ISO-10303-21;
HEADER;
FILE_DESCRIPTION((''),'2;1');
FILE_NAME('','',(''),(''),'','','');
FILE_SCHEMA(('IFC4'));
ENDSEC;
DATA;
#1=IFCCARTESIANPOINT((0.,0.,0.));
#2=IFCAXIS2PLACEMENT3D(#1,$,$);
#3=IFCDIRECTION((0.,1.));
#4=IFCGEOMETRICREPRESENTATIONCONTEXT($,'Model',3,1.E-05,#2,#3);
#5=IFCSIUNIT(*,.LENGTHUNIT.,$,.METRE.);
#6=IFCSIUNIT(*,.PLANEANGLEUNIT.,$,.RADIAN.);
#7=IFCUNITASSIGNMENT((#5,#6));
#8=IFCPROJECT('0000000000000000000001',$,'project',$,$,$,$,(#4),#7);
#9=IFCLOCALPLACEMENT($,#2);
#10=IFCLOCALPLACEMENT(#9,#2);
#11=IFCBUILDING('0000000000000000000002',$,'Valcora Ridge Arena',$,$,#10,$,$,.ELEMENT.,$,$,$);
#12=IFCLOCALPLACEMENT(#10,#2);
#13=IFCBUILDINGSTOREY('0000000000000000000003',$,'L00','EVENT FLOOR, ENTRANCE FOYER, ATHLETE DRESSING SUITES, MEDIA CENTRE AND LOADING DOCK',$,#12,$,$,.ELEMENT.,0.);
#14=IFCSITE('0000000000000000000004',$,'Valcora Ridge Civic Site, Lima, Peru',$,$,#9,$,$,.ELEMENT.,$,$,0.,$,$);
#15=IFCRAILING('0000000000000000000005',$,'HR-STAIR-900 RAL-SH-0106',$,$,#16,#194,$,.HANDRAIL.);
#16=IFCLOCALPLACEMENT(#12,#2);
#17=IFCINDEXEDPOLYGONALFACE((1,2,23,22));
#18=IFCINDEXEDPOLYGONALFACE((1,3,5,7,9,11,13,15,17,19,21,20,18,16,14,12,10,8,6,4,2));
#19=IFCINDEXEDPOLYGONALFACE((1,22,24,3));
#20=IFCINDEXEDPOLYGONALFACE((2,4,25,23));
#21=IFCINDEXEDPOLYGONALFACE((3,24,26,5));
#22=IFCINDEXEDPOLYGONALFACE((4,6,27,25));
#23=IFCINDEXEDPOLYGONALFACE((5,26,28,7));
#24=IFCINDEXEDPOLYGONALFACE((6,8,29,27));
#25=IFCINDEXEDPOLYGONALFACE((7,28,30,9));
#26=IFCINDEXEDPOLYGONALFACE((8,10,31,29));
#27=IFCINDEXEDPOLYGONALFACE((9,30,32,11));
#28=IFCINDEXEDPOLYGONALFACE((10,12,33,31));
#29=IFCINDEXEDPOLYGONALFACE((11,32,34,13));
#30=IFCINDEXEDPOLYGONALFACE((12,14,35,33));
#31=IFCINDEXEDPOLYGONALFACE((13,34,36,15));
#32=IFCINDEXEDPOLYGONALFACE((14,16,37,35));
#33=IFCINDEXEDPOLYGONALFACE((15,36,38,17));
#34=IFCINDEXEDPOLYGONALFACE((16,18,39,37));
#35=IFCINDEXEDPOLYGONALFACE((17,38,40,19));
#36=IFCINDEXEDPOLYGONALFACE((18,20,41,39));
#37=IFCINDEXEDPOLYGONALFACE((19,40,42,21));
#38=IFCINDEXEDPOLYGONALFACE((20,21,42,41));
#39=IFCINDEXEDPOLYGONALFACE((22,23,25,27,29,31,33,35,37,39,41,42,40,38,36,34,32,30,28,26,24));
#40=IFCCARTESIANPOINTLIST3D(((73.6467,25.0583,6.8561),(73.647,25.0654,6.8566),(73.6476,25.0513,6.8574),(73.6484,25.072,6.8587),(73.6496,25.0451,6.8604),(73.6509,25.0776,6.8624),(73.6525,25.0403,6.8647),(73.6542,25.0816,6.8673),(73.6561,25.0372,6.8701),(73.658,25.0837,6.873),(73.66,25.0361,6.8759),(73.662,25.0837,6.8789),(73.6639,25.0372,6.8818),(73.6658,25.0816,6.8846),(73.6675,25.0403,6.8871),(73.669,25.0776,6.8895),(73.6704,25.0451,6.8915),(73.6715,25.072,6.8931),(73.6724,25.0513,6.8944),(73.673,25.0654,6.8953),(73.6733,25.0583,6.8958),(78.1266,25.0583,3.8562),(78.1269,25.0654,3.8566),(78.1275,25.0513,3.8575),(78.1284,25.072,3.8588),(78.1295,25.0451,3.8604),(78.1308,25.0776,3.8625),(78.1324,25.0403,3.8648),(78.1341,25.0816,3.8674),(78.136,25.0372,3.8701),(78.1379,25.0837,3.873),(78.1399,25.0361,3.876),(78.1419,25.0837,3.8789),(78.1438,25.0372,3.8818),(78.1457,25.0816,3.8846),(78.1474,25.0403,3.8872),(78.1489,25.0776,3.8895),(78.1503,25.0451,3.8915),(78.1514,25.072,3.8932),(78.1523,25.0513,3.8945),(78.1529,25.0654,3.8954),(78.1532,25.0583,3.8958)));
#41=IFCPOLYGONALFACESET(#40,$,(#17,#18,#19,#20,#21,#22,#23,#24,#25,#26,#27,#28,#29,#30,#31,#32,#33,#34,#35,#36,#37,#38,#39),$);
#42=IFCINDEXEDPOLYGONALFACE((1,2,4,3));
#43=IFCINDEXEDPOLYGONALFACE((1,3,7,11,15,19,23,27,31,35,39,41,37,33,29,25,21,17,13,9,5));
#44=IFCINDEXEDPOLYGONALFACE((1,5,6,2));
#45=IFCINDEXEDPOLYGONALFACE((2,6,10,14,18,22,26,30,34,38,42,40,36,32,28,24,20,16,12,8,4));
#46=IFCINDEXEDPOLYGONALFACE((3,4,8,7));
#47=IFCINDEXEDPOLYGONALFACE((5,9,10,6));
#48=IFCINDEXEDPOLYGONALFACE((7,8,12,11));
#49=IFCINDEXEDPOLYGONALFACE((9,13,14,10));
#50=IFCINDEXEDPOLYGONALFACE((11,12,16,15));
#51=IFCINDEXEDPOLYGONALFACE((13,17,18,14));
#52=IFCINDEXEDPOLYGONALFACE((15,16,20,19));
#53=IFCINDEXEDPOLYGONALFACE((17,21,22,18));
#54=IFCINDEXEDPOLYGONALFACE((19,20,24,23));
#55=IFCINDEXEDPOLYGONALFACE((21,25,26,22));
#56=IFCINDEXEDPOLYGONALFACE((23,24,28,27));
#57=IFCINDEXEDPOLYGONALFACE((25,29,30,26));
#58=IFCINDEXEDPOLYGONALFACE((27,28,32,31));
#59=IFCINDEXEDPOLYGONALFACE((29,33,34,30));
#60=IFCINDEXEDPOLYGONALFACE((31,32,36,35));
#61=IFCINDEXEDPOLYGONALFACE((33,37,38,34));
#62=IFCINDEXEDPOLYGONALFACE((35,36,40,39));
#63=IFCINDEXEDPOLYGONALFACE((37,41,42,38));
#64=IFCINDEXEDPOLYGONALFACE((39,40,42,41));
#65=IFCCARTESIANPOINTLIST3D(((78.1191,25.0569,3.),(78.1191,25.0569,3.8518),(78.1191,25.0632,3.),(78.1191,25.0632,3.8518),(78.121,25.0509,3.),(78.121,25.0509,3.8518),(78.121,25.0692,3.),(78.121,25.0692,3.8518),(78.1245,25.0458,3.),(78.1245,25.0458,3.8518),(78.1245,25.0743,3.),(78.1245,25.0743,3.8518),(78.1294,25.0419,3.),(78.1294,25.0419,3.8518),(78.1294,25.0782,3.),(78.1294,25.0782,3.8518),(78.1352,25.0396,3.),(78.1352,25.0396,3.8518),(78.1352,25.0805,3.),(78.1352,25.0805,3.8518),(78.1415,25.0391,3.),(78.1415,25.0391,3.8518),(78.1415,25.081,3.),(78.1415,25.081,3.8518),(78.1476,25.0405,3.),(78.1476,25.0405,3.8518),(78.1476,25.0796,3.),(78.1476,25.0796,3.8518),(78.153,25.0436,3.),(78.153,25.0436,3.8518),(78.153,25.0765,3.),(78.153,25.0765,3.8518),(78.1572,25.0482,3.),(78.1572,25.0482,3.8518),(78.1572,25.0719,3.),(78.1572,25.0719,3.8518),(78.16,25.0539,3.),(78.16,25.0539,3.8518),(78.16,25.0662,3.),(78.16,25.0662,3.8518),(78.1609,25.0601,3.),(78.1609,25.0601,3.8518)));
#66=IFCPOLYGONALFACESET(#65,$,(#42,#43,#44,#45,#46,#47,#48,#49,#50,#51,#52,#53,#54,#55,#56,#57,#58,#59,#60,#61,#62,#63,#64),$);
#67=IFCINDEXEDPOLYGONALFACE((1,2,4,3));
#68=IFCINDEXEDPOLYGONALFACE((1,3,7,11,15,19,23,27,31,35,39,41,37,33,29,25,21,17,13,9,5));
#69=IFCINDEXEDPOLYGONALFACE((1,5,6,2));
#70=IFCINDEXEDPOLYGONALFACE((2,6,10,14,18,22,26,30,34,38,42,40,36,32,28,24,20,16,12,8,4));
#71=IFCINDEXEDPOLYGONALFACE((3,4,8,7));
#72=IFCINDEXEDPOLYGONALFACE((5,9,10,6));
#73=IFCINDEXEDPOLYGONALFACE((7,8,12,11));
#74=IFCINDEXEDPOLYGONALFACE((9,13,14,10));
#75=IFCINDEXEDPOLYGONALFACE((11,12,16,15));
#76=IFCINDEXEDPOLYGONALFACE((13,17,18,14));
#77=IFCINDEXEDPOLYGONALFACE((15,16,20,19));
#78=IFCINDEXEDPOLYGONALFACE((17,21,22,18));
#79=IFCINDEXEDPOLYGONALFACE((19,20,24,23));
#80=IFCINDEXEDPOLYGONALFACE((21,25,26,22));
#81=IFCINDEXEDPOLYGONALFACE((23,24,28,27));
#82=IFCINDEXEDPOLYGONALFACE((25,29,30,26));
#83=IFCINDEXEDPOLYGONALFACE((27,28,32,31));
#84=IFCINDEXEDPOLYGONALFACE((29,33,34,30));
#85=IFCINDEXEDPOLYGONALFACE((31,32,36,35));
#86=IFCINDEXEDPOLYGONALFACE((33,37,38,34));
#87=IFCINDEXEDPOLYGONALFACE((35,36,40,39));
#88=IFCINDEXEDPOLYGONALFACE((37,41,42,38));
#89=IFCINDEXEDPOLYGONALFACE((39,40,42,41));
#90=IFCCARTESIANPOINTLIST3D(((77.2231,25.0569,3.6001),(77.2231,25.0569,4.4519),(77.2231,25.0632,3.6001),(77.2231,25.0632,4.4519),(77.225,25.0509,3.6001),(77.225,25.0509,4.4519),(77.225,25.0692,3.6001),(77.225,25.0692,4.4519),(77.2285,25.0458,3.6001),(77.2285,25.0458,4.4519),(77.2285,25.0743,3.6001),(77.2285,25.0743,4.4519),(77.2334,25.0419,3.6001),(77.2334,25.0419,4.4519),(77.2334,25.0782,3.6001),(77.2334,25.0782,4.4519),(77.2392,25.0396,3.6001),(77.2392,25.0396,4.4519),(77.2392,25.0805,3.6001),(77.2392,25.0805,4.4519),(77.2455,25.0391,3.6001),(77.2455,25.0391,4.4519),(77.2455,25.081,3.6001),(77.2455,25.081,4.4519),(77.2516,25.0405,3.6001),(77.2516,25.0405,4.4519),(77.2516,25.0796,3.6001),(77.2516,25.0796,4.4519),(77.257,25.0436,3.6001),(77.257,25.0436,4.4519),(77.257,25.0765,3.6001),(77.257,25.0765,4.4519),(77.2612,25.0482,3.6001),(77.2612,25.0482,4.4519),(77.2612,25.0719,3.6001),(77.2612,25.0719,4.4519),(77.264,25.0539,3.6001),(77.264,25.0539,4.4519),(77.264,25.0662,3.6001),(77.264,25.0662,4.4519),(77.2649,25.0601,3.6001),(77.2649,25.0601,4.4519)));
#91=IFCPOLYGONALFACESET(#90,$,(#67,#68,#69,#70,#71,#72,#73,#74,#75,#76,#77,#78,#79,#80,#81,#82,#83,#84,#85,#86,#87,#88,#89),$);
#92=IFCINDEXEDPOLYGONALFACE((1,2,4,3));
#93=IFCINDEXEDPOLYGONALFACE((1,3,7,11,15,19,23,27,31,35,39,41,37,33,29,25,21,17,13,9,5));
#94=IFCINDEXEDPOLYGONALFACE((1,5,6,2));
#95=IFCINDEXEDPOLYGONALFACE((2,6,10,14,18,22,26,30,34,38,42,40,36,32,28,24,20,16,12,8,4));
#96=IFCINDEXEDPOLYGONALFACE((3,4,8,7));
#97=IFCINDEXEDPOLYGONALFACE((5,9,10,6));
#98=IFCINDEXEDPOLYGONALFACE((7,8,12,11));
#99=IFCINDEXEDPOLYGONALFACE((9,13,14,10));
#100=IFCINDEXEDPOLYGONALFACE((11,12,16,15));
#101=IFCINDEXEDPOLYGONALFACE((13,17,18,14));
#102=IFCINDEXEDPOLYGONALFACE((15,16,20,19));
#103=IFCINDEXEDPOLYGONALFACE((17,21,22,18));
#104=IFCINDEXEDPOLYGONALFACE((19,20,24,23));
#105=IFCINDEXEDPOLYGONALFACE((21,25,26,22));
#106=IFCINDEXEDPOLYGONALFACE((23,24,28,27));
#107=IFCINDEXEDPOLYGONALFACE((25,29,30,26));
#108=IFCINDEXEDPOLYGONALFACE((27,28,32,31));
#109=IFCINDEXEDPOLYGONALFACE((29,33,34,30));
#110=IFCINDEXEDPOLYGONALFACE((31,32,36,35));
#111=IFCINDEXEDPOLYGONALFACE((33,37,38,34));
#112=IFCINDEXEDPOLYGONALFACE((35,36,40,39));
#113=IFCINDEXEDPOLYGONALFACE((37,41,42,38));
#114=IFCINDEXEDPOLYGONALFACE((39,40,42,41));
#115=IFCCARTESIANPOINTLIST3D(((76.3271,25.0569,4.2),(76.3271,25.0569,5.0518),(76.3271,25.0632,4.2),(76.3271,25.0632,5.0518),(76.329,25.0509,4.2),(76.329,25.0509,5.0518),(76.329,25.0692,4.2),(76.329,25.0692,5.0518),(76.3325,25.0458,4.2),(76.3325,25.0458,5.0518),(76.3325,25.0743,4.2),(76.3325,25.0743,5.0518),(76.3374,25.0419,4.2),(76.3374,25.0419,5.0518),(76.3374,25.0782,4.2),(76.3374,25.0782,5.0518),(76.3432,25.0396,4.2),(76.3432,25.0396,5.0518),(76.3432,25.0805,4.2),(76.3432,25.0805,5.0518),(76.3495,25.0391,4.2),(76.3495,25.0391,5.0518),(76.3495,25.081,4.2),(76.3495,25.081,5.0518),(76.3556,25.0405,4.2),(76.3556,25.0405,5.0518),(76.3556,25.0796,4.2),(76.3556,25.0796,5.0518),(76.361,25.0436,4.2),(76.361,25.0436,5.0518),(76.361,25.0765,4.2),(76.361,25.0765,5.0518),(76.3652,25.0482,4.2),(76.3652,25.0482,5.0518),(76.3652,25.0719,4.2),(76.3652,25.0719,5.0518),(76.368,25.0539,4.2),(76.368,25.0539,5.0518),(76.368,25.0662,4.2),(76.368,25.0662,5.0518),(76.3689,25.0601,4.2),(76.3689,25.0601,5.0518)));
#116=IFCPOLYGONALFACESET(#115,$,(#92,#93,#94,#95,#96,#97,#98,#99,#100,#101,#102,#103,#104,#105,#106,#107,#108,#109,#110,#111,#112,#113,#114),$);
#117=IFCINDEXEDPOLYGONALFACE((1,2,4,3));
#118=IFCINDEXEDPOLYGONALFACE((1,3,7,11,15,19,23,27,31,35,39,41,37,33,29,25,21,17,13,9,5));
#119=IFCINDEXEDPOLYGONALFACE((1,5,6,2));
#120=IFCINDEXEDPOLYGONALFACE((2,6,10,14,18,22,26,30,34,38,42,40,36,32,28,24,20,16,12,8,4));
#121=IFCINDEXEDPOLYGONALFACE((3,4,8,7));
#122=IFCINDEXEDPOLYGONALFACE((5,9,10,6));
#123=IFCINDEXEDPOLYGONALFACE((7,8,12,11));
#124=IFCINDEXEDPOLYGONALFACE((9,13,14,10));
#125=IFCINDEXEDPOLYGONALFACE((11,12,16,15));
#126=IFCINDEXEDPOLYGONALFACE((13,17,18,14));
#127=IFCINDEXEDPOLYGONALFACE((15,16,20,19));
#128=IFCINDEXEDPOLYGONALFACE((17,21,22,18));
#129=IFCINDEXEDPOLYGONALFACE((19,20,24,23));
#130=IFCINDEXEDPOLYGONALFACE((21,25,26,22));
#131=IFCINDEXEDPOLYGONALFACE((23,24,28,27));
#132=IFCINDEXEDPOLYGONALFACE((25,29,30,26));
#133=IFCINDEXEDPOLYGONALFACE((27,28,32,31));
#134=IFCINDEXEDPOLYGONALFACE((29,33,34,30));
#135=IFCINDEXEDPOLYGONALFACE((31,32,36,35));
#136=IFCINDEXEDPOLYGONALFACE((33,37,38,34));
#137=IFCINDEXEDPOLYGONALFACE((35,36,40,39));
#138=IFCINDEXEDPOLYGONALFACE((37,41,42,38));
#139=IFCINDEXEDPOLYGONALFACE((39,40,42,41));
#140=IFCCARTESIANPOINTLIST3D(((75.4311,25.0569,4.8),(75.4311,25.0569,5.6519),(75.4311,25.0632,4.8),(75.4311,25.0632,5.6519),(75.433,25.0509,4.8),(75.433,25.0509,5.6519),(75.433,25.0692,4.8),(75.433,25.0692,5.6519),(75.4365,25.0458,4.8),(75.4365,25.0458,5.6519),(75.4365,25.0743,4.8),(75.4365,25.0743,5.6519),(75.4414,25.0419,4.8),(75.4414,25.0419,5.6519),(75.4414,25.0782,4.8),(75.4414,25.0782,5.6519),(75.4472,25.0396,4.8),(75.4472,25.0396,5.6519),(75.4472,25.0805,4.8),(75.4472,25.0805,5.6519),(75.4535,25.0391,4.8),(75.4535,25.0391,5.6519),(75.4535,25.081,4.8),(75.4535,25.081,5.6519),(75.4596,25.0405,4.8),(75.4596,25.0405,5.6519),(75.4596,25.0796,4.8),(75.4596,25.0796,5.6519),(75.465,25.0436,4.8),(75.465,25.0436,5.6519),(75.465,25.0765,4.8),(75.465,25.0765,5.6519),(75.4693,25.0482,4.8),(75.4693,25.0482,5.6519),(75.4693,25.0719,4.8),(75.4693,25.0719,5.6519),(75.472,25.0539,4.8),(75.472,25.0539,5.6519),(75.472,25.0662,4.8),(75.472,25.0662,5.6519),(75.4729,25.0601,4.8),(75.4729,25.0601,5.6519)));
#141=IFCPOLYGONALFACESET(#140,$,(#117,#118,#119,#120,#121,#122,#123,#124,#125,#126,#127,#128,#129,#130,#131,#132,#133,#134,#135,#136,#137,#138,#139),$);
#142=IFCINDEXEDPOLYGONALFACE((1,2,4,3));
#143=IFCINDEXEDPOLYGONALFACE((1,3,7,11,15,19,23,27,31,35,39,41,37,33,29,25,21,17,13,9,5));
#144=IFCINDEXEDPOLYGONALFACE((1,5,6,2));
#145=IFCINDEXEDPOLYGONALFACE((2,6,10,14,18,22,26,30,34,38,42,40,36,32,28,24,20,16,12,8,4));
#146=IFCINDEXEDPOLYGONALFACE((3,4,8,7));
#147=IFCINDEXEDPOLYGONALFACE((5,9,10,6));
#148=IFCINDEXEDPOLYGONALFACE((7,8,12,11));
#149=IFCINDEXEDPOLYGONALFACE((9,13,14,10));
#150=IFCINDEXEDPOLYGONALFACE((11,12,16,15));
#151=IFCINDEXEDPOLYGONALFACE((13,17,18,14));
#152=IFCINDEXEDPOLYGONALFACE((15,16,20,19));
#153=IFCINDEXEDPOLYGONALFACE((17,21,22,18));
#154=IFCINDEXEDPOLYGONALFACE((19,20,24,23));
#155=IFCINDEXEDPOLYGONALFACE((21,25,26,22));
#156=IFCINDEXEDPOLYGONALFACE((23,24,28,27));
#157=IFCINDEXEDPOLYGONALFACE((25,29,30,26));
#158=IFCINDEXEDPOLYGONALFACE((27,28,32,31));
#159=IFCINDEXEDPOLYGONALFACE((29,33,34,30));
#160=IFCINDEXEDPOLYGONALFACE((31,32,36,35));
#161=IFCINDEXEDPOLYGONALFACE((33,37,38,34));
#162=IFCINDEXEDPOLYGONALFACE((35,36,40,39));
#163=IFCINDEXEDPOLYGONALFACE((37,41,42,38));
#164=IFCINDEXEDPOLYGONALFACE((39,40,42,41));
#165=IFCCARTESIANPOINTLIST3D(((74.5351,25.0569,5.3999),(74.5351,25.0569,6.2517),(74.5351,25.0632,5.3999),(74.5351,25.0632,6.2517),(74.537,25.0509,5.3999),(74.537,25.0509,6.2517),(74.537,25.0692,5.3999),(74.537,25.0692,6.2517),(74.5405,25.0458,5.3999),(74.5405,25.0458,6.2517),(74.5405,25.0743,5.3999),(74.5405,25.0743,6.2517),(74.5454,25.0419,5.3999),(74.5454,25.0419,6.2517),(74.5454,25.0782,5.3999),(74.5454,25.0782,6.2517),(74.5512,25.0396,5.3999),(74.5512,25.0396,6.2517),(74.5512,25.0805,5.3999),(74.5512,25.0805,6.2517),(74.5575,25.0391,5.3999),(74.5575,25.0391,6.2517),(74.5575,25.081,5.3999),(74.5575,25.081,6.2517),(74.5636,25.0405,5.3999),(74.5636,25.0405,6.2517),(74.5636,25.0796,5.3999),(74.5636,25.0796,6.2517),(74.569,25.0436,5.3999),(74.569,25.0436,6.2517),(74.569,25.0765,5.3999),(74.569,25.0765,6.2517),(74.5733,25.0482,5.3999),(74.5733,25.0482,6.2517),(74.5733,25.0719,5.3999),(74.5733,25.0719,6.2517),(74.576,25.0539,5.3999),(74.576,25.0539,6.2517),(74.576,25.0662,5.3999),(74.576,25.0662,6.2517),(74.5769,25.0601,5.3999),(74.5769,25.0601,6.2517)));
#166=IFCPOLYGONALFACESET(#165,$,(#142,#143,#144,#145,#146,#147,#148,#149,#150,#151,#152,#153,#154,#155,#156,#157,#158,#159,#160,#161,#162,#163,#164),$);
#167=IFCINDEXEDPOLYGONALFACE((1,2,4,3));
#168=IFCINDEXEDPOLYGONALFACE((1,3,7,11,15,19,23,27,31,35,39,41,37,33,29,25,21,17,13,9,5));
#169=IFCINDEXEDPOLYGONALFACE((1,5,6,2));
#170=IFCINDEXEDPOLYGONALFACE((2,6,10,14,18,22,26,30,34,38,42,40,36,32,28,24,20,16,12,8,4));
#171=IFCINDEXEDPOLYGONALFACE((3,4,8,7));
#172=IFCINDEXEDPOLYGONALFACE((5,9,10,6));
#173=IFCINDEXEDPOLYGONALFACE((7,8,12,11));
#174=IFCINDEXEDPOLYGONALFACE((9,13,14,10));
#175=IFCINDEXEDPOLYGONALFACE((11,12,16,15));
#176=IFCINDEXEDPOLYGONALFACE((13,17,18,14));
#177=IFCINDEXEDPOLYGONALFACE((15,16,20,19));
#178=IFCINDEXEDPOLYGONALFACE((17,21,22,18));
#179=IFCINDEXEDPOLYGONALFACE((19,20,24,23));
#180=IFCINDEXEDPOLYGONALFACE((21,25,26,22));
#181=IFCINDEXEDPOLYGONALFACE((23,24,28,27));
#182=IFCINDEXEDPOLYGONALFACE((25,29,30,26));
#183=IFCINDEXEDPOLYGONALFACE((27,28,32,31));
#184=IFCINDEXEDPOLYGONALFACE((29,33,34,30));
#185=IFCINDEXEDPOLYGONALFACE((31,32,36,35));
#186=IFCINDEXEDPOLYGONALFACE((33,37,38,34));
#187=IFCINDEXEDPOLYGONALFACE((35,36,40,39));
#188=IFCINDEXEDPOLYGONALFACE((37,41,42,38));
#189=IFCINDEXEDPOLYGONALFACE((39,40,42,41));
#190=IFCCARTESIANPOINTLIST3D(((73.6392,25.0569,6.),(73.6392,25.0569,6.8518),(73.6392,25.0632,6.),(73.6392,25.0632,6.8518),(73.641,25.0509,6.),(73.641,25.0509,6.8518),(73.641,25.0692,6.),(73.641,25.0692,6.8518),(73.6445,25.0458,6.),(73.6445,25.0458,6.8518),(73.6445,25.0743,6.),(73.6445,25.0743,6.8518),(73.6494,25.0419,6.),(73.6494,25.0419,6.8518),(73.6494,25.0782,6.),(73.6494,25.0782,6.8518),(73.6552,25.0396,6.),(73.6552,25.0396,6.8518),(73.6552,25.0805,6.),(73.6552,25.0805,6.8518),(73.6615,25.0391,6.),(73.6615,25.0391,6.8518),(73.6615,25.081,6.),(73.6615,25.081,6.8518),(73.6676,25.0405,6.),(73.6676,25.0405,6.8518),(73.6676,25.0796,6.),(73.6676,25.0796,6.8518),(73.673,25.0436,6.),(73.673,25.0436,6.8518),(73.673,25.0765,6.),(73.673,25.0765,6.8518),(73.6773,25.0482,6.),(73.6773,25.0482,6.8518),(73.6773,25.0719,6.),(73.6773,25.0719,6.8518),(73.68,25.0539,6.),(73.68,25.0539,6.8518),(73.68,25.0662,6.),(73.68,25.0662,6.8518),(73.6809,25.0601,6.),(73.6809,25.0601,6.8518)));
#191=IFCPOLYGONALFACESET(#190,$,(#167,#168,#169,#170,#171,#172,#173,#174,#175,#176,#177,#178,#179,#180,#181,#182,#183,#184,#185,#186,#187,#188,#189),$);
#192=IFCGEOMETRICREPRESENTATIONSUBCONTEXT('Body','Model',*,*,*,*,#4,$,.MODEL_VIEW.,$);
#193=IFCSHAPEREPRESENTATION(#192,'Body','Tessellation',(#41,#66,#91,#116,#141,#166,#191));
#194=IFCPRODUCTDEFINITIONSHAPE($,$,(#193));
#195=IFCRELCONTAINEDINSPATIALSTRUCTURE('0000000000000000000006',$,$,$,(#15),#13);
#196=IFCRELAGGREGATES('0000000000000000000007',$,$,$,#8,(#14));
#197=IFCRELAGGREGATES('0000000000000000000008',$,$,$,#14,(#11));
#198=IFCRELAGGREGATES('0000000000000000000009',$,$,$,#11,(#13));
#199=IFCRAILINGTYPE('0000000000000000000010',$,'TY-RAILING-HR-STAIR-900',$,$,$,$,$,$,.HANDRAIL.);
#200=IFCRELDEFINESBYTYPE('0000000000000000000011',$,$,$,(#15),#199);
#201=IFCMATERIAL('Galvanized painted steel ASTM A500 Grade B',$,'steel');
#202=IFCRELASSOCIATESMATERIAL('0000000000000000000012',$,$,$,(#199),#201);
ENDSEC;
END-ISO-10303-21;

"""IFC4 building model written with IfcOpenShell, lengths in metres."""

from ifc_helpers import new_model, si_unit, direction, frame, origin, origin_2d, place, context, subcontext, project, spatial, circle, extrude, material, type_object, element, save


model = new_model("IFC4")

# Units and contexts
model_context = context("Model", 3, precision=1e-05, world=origin(), true_north=direction((0.0, 1.0)))
body_context = subcontext(model_context, "Body", "Model", "MODEL_VIEW")
ifc_project = project(units=[si_unit("LENGTHUNIT", "METRE"), si_unit("PLANEANGLEUNIT", "RADIAN")], contexts=[model_context])

# Site, building, storey
site_placement = place(None, origin())
site = spatial("IfcSite", under=ifc_project, at=site_placement, Name="Valcora Ridge Civic Site, Lima, Peru", CompositionType="ELEMENT", RefElevation=0.0)
building_placement = place(site_placement, origin())
building = spatial("IfcBuilding", under=site, at=building_placement, Name="Valcora Ridge Arena", CompositionType="ELEMENT")
storey_placement = place(building_placement, origin())
storey = spatial("IfcBuildingStorey", under=building, at=storey_placement, Name="L00", Description="EVENT FLOOR, ENTRANCE FOYER, ATHLETE DRESSING SUITES, MEDIA CENTRE AND LOADING DOCK", CompositionType="ELEMENT", Elevation=0.0)

# Railing
ifc_material_1 = material(Name="Galvanized painted steel ASTM A500 Grade B", Category="steel")
railing_type = type_object("IfcRailingType", Name="TY-RAILING-HR-STAIR-900", PredefinedType="HANDRAIL", material=ifc_material_1)
for number, where, name in (
    (1, (78.1399, 25.0601, 3.0), "HR-STAIR-900 RAL-SH-0106"),
):
    element("IfcRailing", number, at=place(storey_placement, frame(where)), inside=storey, type_object=railing_type, Name=name, PredefinedType="HANDRAIL", context=body_context, shape_type="SweptSolid", body=[
        extrude(circle(Radius=0.0239, at=origin_2d()), frame((0.0, 0.0, 0.876), z_axis=(-0.830906, 0.0, 0.556413), x_axis=(0.0, -1.0, 0.0)), (0.0, 0.0, 1.0), 5.3916),
        extrude(circle(Radius=0.021, at=origin_2d()), origin(), (0.0, 0.0, 1.0), 0.8518),
        extrude(circle(Radius=0.021, at=origin_2d()), frame((-0.896, 0.0, 0.6001)), (0.0, 0.0, 1.0), 0.8518),
        extrude(circle(Radius=0.021, at=origin_2d()), frame((-1.792, 0.0, 1.2)), (0.0, 0.0, 1.0), 0.8518),
        extrude(circle(Radius=0.021, at=origin_2d()), frame((-2.688, 0.0, 1.8)), (0.0, 0.0, 1.0), 0.8518),
        extrude(circle(Radius=0.021, at=origin_2d()), frame((-3.584, 0.0, 2.3999)), (0.0, 0.0, 1.0), 0.8518),
        extrude(circle(Radius=0.021, at=origin_2d()), frame((-4.48, 0.0, 3.0)), (0.0, 0.0, 1.0), 0.8518),
    ])

save(model, "model.ifc")
